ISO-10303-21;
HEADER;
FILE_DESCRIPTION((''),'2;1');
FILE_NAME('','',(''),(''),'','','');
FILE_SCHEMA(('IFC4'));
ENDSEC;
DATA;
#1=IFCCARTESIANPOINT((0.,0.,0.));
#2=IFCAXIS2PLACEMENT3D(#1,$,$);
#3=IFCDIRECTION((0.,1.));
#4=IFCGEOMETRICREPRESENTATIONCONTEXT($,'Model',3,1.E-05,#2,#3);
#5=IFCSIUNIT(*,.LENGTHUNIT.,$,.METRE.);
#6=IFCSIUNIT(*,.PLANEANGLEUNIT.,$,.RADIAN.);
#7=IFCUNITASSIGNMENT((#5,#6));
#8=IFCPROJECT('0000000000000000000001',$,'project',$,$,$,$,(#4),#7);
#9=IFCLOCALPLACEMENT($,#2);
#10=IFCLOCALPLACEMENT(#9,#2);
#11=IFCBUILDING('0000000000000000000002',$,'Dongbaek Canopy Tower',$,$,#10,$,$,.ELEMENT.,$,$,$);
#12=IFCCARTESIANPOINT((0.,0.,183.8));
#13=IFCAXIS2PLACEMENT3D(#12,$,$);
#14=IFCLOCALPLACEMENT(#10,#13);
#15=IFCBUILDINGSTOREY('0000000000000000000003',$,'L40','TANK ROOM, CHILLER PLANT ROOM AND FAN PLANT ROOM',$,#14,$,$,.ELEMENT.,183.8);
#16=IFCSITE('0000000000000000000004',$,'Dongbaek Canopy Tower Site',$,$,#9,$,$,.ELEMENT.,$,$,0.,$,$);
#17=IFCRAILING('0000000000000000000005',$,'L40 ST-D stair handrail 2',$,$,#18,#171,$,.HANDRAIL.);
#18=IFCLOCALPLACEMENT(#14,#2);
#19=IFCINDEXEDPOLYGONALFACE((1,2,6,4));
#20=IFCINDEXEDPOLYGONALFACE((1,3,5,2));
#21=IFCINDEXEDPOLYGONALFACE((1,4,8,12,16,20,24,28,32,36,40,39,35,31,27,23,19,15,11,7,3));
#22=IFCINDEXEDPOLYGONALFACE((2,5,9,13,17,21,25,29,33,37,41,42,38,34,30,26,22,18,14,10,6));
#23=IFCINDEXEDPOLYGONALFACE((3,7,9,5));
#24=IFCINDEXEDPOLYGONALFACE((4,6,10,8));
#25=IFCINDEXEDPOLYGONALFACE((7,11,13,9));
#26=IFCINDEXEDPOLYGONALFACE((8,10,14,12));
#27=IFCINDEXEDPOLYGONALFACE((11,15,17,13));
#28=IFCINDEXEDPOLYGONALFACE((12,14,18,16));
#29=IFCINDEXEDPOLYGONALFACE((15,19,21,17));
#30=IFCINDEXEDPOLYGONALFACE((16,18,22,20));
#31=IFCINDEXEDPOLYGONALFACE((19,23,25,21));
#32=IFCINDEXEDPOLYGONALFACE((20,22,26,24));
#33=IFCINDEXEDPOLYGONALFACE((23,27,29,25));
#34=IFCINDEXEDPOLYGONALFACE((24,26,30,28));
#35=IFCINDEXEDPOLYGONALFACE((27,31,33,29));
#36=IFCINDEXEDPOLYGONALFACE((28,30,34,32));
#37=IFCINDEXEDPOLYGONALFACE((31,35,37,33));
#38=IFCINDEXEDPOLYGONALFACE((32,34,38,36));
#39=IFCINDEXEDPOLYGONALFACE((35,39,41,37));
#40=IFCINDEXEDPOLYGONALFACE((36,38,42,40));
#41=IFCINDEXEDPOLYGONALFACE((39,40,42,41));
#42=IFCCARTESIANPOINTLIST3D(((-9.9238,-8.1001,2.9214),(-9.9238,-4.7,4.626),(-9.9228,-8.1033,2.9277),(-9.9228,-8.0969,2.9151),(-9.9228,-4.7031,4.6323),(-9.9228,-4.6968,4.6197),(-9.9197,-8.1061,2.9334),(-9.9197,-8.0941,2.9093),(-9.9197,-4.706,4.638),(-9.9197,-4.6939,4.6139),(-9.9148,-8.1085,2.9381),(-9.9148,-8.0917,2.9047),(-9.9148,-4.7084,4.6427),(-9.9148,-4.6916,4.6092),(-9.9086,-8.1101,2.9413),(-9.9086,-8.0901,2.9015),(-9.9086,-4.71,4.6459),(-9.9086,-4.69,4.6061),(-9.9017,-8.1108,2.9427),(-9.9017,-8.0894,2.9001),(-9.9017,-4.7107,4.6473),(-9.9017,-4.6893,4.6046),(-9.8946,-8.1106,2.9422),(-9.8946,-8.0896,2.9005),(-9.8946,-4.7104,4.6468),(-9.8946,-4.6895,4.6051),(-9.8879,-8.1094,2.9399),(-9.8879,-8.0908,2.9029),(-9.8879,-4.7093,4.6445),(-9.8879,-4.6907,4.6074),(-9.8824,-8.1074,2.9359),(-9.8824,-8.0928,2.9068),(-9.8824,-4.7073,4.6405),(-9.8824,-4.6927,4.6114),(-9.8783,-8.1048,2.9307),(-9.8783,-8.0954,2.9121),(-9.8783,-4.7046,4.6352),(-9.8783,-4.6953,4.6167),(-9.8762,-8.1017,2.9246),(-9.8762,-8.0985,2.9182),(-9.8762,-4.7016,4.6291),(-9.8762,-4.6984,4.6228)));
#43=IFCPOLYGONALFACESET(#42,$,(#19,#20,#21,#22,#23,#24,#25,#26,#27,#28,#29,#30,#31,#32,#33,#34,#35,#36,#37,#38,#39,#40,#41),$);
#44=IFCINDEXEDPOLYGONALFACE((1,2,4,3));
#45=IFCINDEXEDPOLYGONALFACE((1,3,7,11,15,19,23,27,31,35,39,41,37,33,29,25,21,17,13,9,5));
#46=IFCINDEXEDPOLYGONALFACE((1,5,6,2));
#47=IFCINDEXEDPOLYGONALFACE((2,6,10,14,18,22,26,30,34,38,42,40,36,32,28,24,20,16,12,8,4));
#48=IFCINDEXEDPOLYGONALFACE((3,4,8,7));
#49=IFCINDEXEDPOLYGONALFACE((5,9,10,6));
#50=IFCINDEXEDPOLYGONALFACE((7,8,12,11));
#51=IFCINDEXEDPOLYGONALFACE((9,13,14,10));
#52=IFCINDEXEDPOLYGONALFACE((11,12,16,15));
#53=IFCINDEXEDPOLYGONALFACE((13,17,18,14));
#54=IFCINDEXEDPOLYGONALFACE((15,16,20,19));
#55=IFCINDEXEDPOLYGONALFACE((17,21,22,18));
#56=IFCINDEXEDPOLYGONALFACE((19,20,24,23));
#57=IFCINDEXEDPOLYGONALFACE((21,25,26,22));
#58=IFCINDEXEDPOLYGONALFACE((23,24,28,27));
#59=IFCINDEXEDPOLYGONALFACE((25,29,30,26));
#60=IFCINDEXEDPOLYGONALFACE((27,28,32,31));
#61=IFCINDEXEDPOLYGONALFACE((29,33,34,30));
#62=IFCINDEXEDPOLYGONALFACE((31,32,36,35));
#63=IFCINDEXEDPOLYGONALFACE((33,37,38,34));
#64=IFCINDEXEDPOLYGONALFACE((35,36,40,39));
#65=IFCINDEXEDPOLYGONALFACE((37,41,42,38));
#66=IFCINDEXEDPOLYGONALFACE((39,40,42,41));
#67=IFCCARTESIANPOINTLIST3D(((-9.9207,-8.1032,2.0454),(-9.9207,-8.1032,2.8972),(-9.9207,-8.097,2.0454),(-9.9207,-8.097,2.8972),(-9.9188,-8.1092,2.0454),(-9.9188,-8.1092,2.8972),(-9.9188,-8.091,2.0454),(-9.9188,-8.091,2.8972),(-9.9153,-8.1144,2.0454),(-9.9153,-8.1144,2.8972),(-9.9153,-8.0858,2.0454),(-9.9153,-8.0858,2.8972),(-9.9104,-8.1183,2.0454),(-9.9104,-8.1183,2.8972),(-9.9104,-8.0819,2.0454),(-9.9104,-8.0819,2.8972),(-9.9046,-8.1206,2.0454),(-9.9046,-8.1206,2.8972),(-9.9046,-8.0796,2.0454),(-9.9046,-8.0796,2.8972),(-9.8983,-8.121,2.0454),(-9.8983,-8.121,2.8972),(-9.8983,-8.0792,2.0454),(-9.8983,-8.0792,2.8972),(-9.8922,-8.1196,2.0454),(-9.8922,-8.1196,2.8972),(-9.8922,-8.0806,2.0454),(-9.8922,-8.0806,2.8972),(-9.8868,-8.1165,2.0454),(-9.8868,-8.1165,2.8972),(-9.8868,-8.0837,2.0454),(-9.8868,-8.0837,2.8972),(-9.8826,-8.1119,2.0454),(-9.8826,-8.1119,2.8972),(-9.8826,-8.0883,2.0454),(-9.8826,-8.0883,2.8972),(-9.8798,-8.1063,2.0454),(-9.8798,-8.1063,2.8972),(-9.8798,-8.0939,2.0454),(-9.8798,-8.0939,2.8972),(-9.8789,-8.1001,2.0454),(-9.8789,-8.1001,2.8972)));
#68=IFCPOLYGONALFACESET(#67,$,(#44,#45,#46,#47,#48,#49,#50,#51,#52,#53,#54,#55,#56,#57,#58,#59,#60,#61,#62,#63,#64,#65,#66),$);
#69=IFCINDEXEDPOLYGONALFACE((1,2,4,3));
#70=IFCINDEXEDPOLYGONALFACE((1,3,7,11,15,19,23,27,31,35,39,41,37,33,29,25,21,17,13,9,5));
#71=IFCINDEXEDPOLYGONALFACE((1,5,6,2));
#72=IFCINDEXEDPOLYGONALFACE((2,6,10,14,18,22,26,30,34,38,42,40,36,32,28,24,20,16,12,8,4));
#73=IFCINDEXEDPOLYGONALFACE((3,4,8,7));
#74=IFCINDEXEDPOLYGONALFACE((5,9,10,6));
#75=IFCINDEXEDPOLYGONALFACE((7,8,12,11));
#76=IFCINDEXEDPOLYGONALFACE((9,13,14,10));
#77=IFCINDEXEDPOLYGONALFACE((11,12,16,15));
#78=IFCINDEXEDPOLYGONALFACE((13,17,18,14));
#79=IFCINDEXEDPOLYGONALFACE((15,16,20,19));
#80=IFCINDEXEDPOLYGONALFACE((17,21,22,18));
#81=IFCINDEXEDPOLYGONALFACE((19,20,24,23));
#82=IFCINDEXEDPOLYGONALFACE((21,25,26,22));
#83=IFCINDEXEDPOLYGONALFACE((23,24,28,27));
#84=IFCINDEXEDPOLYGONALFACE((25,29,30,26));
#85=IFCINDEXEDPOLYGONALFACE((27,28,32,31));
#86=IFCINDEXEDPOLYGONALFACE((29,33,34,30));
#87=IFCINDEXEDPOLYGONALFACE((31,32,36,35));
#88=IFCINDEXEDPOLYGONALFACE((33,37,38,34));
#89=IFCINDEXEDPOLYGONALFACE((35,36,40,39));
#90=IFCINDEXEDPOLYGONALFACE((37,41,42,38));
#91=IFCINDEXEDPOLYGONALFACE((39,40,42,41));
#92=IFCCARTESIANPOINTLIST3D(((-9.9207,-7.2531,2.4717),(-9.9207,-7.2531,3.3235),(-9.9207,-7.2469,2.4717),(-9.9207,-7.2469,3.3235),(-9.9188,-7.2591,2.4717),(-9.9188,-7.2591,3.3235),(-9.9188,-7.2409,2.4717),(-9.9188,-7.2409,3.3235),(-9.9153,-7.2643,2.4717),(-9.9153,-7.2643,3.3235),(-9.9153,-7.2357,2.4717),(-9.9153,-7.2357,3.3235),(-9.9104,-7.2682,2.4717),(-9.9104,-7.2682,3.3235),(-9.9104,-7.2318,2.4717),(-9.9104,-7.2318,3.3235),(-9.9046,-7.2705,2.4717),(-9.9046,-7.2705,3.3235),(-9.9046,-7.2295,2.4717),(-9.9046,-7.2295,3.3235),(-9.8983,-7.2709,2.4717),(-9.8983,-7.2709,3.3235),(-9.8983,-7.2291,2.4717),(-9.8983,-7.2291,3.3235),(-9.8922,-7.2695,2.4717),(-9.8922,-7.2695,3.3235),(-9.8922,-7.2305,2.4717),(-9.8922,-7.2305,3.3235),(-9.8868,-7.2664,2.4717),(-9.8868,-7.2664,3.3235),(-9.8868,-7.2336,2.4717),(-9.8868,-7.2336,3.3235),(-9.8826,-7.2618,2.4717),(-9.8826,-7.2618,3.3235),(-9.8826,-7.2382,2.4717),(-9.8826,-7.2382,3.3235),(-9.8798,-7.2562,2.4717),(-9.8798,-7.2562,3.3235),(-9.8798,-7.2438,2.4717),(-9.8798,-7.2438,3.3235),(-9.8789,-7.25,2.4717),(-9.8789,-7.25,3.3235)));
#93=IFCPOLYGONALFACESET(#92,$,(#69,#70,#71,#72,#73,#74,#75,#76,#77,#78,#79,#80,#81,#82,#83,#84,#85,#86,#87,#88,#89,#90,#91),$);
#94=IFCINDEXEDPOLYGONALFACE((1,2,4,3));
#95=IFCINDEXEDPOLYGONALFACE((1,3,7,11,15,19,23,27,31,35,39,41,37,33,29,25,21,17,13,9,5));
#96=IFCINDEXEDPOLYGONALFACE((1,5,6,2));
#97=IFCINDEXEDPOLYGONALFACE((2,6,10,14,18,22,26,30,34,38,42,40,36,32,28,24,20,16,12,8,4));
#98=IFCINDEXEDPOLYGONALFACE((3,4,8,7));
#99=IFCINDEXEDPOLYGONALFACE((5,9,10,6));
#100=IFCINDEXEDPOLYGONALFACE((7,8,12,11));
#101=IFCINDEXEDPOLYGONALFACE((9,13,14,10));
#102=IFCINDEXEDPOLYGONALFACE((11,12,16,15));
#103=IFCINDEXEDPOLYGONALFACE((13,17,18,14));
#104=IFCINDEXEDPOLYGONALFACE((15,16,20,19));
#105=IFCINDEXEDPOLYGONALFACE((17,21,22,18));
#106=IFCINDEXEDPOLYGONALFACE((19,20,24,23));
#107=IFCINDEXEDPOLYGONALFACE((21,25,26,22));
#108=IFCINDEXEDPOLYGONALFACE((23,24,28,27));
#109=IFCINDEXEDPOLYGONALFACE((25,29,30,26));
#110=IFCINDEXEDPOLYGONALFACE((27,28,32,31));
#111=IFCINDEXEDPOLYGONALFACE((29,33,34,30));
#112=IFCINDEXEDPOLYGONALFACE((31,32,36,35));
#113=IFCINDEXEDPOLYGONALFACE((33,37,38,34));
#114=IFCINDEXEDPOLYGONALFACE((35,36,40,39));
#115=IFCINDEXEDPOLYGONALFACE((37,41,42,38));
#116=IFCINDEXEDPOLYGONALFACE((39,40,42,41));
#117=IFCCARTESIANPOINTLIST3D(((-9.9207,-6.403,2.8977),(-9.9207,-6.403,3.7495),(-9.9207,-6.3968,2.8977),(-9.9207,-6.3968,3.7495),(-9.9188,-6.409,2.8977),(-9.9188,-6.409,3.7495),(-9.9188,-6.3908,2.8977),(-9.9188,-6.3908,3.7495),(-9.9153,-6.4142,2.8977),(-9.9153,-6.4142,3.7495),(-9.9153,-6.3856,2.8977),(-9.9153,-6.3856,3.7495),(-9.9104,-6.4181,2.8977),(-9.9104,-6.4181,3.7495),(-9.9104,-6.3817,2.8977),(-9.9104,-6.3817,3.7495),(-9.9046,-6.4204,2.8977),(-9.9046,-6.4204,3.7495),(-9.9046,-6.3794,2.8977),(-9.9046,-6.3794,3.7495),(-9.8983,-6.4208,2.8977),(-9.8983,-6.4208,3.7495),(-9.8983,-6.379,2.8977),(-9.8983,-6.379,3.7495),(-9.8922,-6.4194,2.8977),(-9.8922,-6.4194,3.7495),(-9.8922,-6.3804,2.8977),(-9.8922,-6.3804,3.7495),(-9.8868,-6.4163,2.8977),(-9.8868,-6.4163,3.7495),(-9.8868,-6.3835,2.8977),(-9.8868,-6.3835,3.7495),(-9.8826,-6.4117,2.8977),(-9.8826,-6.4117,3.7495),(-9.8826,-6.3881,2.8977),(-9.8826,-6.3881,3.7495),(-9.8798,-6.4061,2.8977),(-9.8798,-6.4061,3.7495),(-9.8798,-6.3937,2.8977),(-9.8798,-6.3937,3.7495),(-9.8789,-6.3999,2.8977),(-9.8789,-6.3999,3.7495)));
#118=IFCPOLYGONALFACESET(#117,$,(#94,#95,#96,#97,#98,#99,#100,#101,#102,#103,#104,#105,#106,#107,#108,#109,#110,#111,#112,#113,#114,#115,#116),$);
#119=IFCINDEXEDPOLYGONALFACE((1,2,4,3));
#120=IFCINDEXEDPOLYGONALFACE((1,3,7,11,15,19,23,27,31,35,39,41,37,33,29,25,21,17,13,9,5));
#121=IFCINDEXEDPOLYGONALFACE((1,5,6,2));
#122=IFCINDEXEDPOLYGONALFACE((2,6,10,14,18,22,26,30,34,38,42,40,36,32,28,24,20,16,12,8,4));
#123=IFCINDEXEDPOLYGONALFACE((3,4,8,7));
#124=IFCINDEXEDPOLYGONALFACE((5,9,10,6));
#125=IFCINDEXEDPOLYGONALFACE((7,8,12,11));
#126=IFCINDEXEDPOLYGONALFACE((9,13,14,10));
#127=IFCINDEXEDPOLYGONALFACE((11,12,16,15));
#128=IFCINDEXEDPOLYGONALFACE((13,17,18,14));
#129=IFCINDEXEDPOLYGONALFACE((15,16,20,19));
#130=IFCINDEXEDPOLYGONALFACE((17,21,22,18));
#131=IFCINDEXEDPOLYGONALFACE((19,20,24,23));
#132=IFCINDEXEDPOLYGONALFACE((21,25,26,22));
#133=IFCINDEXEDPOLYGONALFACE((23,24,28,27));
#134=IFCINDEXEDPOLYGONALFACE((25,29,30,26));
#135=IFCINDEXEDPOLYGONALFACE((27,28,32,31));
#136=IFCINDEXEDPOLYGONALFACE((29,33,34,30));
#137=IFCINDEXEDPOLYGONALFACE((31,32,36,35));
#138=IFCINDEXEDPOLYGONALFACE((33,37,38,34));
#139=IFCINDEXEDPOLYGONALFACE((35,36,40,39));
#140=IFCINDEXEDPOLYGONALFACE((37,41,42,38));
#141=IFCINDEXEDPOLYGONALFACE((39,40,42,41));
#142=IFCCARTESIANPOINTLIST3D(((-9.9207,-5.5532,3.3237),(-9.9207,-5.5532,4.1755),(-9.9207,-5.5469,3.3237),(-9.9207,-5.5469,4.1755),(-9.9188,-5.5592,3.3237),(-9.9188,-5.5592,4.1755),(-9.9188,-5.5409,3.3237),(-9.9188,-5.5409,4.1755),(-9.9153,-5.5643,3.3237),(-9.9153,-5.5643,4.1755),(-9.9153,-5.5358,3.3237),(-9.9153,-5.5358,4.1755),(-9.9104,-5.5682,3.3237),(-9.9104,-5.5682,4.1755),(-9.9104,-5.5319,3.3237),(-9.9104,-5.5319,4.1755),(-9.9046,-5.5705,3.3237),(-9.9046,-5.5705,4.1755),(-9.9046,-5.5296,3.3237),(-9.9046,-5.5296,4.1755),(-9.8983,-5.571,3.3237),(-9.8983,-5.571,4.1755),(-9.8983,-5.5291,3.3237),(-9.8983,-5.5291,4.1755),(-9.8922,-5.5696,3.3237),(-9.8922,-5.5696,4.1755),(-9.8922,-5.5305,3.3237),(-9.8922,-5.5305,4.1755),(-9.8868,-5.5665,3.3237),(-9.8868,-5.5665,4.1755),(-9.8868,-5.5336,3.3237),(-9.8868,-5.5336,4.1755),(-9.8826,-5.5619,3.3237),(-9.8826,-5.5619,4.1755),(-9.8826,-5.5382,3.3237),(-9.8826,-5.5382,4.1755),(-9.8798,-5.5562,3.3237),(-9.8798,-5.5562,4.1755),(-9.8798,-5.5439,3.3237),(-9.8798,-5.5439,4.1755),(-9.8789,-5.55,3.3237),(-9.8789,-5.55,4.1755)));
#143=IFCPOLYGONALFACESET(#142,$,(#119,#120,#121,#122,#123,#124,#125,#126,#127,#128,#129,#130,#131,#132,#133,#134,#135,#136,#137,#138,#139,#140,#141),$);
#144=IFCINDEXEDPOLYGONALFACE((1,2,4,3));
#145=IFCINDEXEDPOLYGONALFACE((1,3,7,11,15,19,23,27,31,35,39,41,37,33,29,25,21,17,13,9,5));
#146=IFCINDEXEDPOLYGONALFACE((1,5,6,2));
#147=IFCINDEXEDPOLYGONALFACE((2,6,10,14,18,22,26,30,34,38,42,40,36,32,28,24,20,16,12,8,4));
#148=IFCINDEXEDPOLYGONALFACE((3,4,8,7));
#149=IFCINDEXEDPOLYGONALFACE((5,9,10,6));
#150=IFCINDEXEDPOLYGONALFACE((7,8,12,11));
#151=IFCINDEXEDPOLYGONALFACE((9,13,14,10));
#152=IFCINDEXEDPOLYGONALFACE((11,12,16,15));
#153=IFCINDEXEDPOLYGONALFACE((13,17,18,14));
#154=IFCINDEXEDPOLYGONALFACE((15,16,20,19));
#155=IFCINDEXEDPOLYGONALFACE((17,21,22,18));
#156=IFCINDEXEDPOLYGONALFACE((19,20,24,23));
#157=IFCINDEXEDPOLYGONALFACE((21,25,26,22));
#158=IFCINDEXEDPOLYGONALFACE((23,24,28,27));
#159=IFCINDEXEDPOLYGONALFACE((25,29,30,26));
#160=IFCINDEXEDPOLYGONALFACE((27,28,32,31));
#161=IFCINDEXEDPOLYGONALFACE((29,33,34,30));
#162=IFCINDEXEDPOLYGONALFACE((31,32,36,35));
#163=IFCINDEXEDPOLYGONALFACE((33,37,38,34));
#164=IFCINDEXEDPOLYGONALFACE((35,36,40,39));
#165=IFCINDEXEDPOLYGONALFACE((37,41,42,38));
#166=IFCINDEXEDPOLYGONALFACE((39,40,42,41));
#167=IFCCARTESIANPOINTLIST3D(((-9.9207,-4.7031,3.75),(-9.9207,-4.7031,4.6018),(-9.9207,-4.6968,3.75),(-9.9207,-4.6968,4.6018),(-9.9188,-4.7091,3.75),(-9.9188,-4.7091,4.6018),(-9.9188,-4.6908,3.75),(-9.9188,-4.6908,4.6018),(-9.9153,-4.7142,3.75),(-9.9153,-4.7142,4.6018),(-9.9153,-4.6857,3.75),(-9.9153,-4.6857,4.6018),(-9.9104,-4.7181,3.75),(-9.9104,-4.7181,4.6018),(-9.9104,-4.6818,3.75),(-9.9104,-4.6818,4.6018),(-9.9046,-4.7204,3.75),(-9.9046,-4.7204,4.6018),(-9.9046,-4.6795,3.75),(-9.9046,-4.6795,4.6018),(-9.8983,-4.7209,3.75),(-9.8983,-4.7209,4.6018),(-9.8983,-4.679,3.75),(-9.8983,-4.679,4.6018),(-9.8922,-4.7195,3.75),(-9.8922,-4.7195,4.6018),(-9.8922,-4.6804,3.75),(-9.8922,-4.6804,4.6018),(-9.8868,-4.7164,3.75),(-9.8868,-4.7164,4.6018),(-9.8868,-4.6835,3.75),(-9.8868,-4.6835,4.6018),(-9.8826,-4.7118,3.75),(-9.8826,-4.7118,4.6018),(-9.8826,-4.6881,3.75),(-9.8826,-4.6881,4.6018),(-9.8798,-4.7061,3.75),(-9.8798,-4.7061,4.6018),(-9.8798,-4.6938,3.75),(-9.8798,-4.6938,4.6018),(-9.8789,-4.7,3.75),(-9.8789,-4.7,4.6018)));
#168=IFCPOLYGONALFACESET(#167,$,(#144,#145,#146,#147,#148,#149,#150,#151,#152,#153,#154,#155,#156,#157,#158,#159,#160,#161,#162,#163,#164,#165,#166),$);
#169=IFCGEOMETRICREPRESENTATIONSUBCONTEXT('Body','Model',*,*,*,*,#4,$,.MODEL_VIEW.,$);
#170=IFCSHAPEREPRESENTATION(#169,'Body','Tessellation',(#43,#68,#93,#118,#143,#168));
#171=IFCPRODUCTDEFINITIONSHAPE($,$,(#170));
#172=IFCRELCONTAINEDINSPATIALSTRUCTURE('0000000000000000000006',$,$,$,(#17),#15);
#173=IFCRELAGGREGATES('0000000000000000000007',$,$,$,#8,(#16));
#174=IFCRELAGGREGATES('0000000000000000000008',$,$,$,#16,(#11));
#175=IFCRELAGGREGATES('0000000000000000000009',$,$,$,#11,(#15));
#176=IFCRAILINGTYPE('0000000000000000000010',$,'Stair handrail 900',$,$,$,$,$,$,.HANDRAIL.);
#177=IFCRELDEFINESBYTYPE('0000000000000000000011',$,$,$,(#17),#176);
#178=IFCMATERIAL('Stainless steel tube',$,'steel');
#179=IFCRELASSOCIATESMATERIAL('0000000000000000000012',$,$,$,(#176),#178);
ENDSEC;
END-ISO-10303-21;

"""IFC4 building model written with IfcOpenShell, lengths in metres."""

from ifc_helpers import new_model, si_unit, direction, frame, origin, origin_2d, place, context, subcontext, project, spatial, circle, extrude, material, type_object, element, save


model = new_model("IFC4")

# Units and contexts
model_context = context("Model", 3, precision=1e-05, world=origin(), true_north=direction((0.0, 1.0)))
body_context = subcontext(model_context, "Body", "Model", "MODEL_VIEW")
ifc_project = project(units=[si_unit("LENGTHUNIT", "METRE"), si_unit("PLANEANGLEUNIT", "RADIAN")], contexts=[model_context])

# Site, building, storey
site_placement = place(None, origin())
site = spatial("IfcSite", under=ifc_project, at=site_placement, Name="Dongbaek Canopy Tower Site", CompositionType="ELEMENT", RefElevation=0.0)
building_placement = place(site_placement, origin())
building = spatial("IfcBuilding", under=site, at=building_placement, Name="Dongbaek Canopy Tower", CompositionType="ELEMENT")
storey_placement = place(building_placement, frame((0.0, 0.0, 183.8)))
storey = spatial("IfcBuildingStorey", under=building, at=storey_placement, Name="L40", Description="TANK ROOM, CHILLER PLANT ROOM AND FAN PLANT ROOM", CompositionType="ELEMENT", Elevation=183.8)

# Railing
ifc_material_1 = material(Name="Stainless steel tube", Category="steel")
railing_type_1 = type_object("IfcRailingType", Name="Stair handrail 900", PredefinedType="HANDRAIL", material=ifc_material_1)
for number, where, name in (
    (1, (-9.8999, -8.1001, 2.0454), "L40 ST-D stair handrail 2"),
):
    element("IfcRailing", number, at=place(storey_placement, frame(where)), inside=storey, type_object=railing_type_1, Name=name, PredefinedType="HANDRAIL", context=body_context, shape_type="SweptSolid", body=[
        extrude(circle(Radius=0.0239, at=origin_2d()), frame((0.0, 0.0, 0.876), z_axis=(0.0, 0.893952, 0.448163), x_axis=(-1.0, 0.0, 0.0)), (0.0, 0.0, 1.0), 3.8035),
        extrude(circle(Radius=0.021, at=origin_2d()), origin(), (0.0, 0.0, 1.0), 0.8518),
        extrude(circle(Radius=0.021, at=origin_2d()), frame((0.0, 0.8501, 0.4263)), (0.0, 0.0, 1.0), 0.8518),
        extrude(circle(Radius=0.021, at=origin_2d()), frame((0.0, 1.7002, 0.8523)), (0.0, 0.0, 1.0), 0.8518),
        extrude(circle(Radius=0.021, at=origin_2d()), frame((0.0, 2.55, 1.2783)), (0.0, 0.0, 1.0), 0.8518),
        extrude(circle(Radius=0.021, at=origin_2d()), frame((0.0, 3.4001, 1.7046)), (0.0, 0.0, 1.0), 0.8518),
    ])

save(model, "model.ifc")
